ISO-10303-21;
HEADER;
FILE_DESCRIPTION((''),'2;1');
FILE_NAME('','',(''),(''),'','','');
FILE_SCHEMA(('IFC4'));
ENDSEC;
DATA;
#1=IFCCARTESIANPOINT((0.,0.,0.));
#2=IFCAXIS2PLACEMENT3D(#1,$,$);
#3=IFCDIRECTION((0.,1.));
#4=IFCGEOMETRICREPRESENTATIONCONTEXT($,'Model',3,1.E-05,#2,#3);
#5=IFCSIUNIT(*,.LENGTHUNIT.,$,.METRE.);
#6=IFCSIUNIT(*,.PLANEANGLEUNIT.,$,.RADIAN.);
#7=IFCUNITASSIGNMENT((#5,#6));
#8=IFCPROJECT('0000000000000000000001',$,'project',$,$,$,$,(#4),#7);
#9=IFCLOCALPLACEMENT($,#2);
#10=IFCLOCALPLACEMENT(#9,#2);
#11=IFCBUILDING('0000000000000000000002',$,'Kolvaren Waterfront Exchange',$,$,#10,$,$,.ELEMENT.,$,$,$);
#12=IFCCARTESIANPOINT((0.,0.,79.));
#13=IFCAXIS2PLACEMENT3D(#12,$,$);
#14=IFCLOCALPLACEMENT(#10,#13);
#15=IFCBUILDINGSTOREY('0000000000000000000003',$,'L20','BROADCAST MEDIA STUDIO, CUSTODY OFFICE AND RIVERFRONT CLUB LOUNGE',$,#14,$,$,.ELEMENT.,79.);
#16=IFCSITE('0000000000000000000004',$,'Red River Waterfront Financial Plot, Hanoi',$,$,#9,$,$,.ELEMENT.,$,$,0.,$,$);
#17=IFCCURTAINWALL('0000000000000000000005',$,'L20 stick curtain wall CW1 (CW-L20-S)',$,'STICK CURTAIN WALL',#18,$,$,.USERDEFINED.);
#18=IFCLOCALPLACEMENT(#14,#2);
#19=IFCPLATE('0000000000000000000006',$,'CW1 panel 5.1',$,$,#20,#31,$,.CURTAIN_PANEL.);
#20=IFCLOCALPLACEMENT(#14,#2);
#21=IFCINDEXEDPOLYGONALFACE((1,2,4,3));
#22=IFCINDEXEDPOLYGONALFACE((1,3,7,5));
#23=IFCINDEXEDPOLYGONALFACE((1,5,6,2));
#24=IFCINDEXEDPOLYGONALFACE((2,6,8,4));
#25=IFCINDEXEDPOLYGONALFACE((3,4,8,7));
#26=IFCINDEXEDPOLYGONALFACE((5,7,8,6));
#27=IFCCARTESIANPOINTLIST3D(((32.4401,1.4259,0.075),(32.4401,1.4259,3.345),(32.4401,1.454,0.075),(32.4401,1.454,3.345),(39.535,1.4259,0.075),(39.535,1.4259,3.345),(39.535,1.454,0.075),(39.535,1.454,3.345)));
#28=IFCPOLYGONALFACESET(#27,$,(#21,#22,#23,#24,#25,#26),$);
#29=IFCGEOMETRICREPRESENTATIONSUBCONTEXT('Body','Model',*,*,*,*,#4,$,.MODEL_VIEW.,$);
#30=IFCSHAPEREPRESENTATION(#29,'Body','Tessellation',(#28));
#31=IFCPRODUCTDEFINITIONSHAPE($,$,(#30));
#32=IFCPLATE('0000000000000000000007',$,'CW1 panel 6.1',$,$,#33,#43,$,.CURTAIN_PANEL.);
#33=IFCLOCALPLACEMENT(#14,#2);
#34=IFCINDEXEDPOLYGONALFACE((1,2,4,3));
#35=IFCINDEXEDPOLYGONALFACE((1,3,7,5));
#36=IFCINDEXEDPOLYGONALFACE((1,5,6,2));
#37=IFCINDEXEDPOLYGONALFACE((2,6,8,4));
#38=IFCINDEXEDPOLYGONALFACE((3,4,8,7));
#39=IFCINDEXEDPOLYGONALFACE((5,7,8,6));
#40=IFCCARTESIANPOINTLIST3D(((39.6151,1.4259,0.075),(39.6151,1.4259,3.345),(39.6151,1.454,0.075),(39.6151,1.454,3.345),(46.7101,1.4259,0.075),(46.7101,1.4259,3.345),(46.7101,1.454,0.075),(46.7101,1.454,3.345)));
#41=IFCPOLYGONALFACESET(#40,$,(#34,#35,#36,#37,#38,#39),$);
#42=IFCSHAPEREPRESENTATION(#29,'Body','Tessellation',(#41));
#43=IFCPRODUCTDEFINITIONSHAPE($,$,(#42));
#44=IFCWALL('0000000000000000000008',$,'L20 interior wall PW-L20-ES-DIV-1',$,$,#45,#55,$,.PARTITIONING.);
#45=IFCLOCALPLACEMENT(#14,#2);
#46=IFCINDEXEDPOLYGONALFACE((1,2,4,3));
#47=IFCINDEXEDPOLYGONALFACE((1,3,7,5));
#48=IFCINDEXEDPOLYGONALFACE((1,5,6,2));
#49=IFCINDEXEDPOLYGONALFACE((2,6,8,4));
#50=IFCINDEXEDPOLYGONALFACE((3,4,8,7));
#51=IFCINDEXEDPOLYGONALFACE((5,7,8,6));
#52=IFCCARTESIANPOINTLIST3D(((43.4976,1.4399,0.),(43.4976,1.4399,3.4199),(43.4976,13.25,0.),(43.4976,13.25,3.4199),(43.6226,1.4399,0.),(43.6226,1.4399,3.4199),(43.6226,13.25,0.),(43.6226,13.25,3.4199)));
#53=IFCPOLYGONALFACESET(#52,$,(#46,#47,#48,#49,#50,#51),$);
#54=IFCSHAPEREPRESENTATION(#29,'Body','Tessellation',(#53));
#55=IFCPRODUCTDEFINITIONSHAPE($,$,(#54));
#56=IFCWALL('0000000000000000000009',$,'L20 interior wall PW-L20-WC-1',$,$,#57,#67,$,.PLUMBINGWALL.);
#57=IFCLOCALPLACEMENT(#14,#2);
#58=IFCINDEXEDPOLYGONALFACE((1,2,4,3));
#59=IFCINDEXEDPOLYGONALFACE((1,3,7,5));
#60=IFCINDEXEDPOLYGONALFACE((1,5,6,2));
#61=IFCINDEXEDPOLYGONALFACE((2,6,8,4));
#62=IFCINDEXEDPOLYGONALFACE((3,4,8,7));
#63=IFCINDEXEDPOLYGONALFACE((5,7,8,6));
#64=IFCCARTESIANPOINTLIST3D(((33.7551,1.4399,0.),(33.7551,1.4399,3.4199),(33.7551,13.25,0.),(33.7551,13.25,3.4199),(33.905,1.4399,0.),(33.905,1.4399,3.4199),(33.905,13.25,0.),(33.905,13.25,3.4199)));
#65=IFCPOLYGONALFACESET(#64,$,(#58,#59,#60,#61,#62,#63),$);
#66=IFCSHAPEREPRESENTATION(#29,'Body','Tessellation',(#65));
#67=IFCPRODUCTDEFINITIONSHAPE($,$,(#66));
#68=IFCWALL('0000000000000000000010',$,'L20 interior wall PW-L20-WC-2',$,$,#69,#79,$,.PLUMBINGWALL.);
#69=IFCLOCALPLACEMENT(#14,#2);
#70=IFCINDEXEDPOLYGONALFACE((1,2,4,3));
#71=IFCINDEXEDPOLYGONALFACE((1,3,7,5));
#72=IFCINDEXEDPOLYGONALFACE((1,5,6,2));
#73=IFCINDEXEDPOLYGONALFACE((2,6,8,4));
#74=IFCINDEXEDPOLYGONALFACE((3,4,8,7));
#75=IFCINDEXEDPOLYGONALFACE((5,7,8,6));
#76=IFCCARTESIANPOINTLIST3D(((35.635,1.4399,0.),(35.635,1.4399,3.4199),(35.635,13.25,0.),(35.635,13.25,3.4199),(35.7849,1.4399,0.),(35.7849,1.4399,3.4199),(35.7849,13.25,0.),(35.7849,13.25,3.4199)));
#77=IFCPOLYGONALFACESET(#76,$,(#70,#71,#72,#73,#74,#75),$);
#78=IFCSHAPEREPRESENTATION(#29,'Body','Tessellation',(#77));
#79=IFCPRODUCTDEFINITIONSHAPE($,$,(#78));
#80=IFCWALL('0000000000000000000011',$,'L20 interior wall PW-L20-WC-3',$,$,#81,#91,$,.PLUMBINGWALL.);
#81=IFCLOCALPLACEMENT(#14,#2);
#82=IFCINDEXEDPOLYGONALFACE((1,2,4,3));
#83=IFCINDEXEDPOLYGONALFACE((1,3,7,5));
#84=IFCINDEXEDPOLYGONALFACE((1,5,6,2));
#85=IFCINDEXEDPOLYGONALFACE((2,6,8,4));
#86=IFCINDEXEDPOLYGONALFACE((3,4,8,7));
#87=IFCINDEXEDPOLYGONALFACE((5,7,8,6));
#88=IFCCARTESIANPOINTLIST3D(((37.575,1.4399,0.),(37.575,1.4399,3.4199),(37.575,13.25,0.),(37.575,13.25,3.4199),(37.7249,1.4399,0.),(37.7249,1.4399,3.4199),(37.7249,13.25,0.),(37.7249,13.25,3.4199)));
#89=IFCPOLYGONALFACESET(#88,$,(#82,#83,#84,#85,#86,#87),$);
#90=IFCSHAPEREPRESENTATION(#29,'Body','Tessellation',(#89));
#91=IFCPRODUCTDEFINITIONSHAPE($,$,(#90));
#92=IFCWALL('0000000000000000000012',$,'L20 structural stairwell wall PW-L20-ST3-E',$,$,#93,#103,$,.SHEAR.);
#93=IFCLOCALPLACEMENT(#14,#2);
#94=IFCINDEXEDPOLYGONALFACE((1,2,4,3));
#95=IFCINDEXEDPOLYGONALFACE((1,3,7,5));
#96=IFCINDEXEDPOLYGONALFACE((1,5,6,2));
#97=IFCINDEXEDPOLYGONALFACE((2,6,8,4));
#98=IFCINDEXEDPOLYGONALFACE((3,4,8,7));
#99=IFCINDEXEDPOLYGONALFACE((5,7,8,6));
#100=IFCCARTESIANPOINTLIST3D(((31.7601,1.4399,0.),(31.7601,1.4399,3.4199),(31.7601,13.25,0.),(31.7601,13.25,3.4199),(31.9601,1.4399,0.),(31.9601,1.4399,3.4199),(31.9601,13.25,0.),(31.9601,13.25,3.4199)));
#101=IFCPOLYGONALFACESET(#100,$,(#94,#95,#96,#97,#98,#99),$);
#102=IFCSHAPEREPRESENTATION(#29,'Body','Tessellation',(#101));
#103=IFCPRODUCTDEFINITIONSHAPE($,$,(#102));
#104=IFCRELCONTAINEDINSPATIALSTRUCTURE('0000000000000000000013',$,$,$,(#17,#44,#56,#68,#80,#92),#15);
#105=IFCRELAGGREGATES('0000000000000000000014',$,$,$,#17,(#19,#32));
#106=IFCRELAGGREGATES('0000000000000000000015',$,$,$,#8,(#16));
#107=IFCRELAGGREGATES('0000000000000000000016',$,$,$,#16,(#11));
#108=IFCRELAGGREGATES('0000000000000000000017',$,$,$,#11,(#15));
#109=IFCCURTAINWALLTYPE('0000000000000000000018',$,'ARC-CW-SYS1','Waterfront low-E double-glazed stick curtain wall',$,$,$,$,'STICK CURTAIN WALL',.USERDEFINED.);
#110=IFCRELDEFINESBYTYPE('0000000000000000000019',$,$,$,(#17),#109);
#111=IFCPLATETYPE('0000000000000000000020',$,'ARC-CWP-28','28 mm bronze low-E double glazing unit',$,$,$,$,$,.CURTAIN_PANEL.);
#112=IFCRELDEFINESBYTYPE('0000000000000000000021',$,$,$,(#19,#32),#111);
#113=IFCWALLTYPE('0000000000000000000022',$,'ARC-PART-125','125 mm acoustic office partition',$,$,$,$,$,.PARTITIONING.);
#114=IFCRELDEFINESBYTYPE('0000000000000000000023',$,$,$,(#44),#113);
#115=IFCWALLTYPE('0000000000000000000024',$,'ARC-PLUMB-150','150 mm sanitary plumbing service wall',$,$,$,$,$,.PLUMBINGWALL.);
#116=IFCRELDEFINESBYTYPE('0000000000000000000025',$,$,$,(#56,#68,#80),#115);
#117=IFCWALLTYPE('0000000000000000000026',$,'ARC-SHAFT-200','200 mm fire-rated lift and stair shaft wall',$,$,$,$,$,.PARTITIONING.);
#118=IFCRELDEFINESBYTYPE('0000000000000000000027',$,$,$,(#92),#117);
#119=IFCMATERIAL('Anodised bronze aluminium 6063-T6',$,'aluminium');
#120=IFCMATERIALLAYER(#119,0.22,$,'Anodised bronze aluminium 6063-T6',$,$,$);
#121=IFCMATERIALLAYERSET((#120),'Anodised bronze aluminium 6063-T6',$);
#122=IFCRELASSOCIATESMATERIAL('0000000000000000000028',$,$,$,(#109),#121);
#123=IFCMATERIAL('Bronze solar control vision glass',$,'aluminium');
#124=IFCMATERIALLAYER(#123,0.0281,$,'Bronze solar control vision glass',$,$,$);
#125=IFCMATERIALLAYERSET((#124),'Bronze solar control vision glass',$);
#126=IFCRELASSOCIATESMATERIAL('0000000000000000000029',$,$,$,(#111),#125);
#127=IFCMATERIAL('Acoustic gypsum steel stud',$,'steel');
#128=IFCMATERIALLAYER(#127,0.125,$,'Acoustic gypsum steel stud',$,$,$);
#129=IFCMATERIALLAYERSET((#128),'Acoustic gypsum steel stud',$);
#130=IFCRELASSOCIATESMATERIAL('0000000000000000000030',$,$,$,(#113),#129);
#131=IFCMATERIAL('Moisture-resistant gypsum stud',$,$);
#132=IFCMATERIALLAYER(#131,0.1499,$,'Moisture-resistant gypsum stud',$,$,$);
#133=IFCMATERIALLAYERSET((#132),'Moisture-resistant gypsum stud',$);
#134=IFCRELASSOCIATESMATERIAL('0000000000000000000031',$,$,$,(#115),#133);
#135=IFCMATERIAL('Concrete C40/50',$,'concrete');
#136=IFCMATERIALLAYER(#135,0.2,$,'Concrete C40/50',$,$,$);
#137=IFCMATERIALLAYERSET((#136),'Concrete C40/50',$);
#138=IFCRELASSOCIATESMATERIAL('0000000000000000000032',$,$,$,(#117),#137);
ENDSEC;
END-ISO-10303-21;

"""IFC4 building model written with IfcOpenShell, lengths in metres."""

from ifc_helpers import new_model, si_unit, direction, frame, frame_2d, origin, origin_with_axes, origin_2d, place, context, subcontext, project, spatial, rectangle, extrude, source, transform, mapped, material, layer, layer_set, type_object, element, aggregate, save


model = new_model("IFC4")

# Units and contexts
model_context = context("Model", 3, precision=1e-05, world=origin(), true_north=direction((0.0, 1.0)))
body_context = subcontext(model_context, "Body", "Model", "MODEL_VIEW")
ifc_project = project(units=[si_unit("LENGTHUNIT", "METRE"), si_unit("PLANEANGLEUNIT", "RADIAN")], contexts=[model_context])

# Site, building, storey
site_placement = place(None, origin())
site = spatial("IfcSite", under=ifc_project, at=site_placement, Name="Red River Waterfront Financial Plot, Hanoi", CompositionType="ELEMENT", RefElevation=0.0)
building_placement = place(site_placement, origin())
building = spatial("IfcBuilding", under=site, at=building_placement, Name="Kolvaren Waterfront Exchange", CompositionType="ELEMENT")
storey_placement = place(building_placement, frame((0.0, 0.0, 79.0)))
storey = spatial("IfcBuildingStorey", under=building, at=storey_placement, Name="L20", Description="BROADCAST MEDIA STUDIO, CUSTODY OFFICE AND RIVERFRONT CLUB LOUNGE", CompositionType="ELEMENT", Elevation=79.0)

# Curtain wall
ifc_material_1 = material(Name="Anodised bronze aluminium 6063-T6", Category="aluminium")
ifc_layer_1 = layer(ifc_material_1, 0.22, Name="Anodised bronze aluminium 6063-T6")
ifc_layer_set_1 = layer_set([ifc_layer_1], Name="Anodised bronze aluminium 6063-T6")
curtain_wall_type_1 = type_object("IfcCurtainWallType", Name="ARC-CW-SYS1", Description="Waterfront low-E double-glazed stick curtain wall", ElementType="STICK CURTAIN WALL", PredefinedType="USERDEFINED", material=ifc_layer_set_1)
curtain_wall_1_placement = place(storey_placement, origin())
curtain_wall_1 = element("IfcCurtainWall", 1, at=curtain_wall_1_placement, inside=storey, type_object=curtain_wall_type_1, Name="L20 stick curtain wall CW1 (CW-L20-S)", ObjectType="STICK CURTAIN WALL", PredefinedType="USERDEFINED")

# Plates
ifc_material_2 = material(Name="Bronze solar control vision glass", Category="aluminium")
ifc_layer_2 = layer(ifc_material_2, 0.0281, Name="Bronze solar control vision glass")
ifc_layer_set_2 = layer_set([ifc_layer_2], Name="Bronze solar control vision glass")
plate_type = type_object("IfcPlateType", Name="ARC-CWP-28", Description="28 mm bronze low-E double glazing unit", PredefinedType="CURTAIN_PANEL", material=ifc_layer_set_2)
shared_shape_1 = source(origin_with_axes(), body_context, "Body", "SweptSolid", [
    extrude(rectangle(XDim=7.095, YDim=0.0281, at=origin_2d()), origin(), (0.0, 0.0, 1.0), 3.27),
])
plate_1_placement = place(storey_placement, frame((35.9875, 1.4399, 0.075), z_axis=(0.0, 0.0, 1.0), x_axis=(1.0, 0.0, 0.0)))
plate_1 = element("IfcPlate", 2, at=plate_1_placement, type_object=plate_type, Name="CW1 panel 5.1", PredefinedType="CURTAIN_PANEL", context=body_context, shape_type="MappedRepresentation", body=[
    mapped(shared_shape_1, transform((0.0, 0.0, 0.0), x_axis=(1.0, 0.0, 0.0), y_axis=(0.0, 1.0, 0.0), z_axis=(0.0, 0.0, 1.0), scale=1.0)),
])
plate_2_placement = place(storey_placement, frame((43.1626, 1.4399, 0.075), z_axis=(0.0, 0.0, 1.0), x_axis=(1.0, 0.0, 0.0)))
plate_2 = element("IfcPlate", 3, at=plate_2_placement, type_object=plate_type, Name="CW1 panel 6.1", PredefinedType="CURTAIN_PANEL", context=body_context, shape_type="MappedRepresentation", body=[
    mapped(shared_shape_1, transform((0.0, 0.0, 0.0), x_axis=(1.0, 0.0, 0.0), y_axis=(0.0, 1.0, 0.0), z_axis=(0.0, 0.0, 1.0), scale=1.0)),
])
aggregate(curtain_wall_1, [plate_1, plate_2])

# Walls
ifc_material_3 = material(Name="Acoustic gypsum steel stud", Category="steel")
ifc_layer_3 = layer(ifc_material_3, 0.125, Name="Acoustic gypsum steel stud")
ifc_layer_set_3 = layer_set([ifc_layer_3], Name="Acoustic gypsum steel stud")
wall_type_1 = type_object("IfcWallType", Name="ARC-PART-125", Description="125 mm acoustic office partition", PredefinedType="PARTITIONING", material=ifc_layer_set_3)
wall_1_placement = place(storey_placement, frame((43.5601, 1.4399, 0.0), z_axis=(0.0, 0.0, 1.0), x_axis=(0.0, 1.0, 0.0)))
element("IfcWall", 4, at=wall_1_placement, inside=storey, type_object=wall_type_1, Name="L20 interior wall PW-L20-ES-DIV-1", PredefinedType="PARTITIONING", context=body_context, shape_type="SweptSolid", body=[
    extrude(rectangle(XDim=11.8101, YDim=0.125, at=frame_2d((5.905, 0.0))), origin(), (0.0, 0.0, 1.0), 3.4199),
])
ifc_material_4 = material(Name="Moisture-resistant gypsum stud")
ifc_layer_4 = layer(ifc_material_4, 0.1499, Name="Moisture-resistant gypsum stud")
ifc_layer_set_4 = layer_set([ifc_layer_4], Name="Moisture-resistant gypsum stud")
wall_type_2 = type_object("IfcWallType", Name="ARC-PLUMB-150", Description="150 mm sanitary plumbing service wall", PredefinedType="PLUMBINGWALL", material=ifc_layer_set_4)
for number, where, z_axis, x_axis, name in (
    (5, (33.8301, 1.4399, 0.0), (0.0, 0.0, 1.0), (0.0, 1.0, 0.0), "L20 interior wall PW-L20-WC-1"),
    (6, (35.71, 1.4399, 0.0), (0.0, 0.0, 1.0), (0.0, 1.0, 0.0), "L20 interior wall PW-L20-WC-2"),
    (7, (37.6499, 1.4399, 0.0), (0.0, 0.0, 1.0), (0.0, 1.0, 0.0), "L20 interior wall PW-L20-WC-3"),
):
    element("IfcWall", number, at=place(storey_placement, frame(where, z_axis=z_axis, x_axis=x_axis)), inside=storey, type_object=wall_type_2, Name=name, PredefinedType="PLUMBINGWALL", context=body_context, shape_type="SweptSolid", body=[
        extrude(rectangle(XDim=11.8101, YDim=0.1499, at=frame_2d((5.905, 0.0))), origin(), (0.0, 0.0, 1.0), 3.4199),
    ])
ifc_material_5 = material(Name="Concrete C40/50", Category="concrete")
ifc_layer_5 = layer(ifc_material_5, 0.2, Name="Concrete C40/50")
ifc_layer_set_5 = layer_set([ifc_layer_5], Name="Concrete C40/50")
wall_type_3 = type_object("IfcWallType", Name="ARC-SHAFT-200", Description="200 mm fire-rated lift and stair shaft wall", PredefinedType="PARTITIONING", material=ifc_layer_set_5)
wall_2_placement = place(storey_placement, frame((31.8601, 1.4399, 0.0), z_axis=(0.0, 0.0, 1.0), x_axis=(0.0, 1.0, 0.0)))
element("IfcWall", 8, at=wall_2_placement, inside=storey, type_object=wall_type_3, Name="L20 structural stairwell wall PW-L20-ST3-E", PredefinedType="SHEAR", context=body_context, shape_type="SweptSolid", body=[
    extrude(rectangle(XDim=11.8101, YDim=0.2, at=frame_2d((5.905, 0.0))), origin(), (0.0, 0.0, 1.0), 3.4199),
])

save(model, "model.ifc")
